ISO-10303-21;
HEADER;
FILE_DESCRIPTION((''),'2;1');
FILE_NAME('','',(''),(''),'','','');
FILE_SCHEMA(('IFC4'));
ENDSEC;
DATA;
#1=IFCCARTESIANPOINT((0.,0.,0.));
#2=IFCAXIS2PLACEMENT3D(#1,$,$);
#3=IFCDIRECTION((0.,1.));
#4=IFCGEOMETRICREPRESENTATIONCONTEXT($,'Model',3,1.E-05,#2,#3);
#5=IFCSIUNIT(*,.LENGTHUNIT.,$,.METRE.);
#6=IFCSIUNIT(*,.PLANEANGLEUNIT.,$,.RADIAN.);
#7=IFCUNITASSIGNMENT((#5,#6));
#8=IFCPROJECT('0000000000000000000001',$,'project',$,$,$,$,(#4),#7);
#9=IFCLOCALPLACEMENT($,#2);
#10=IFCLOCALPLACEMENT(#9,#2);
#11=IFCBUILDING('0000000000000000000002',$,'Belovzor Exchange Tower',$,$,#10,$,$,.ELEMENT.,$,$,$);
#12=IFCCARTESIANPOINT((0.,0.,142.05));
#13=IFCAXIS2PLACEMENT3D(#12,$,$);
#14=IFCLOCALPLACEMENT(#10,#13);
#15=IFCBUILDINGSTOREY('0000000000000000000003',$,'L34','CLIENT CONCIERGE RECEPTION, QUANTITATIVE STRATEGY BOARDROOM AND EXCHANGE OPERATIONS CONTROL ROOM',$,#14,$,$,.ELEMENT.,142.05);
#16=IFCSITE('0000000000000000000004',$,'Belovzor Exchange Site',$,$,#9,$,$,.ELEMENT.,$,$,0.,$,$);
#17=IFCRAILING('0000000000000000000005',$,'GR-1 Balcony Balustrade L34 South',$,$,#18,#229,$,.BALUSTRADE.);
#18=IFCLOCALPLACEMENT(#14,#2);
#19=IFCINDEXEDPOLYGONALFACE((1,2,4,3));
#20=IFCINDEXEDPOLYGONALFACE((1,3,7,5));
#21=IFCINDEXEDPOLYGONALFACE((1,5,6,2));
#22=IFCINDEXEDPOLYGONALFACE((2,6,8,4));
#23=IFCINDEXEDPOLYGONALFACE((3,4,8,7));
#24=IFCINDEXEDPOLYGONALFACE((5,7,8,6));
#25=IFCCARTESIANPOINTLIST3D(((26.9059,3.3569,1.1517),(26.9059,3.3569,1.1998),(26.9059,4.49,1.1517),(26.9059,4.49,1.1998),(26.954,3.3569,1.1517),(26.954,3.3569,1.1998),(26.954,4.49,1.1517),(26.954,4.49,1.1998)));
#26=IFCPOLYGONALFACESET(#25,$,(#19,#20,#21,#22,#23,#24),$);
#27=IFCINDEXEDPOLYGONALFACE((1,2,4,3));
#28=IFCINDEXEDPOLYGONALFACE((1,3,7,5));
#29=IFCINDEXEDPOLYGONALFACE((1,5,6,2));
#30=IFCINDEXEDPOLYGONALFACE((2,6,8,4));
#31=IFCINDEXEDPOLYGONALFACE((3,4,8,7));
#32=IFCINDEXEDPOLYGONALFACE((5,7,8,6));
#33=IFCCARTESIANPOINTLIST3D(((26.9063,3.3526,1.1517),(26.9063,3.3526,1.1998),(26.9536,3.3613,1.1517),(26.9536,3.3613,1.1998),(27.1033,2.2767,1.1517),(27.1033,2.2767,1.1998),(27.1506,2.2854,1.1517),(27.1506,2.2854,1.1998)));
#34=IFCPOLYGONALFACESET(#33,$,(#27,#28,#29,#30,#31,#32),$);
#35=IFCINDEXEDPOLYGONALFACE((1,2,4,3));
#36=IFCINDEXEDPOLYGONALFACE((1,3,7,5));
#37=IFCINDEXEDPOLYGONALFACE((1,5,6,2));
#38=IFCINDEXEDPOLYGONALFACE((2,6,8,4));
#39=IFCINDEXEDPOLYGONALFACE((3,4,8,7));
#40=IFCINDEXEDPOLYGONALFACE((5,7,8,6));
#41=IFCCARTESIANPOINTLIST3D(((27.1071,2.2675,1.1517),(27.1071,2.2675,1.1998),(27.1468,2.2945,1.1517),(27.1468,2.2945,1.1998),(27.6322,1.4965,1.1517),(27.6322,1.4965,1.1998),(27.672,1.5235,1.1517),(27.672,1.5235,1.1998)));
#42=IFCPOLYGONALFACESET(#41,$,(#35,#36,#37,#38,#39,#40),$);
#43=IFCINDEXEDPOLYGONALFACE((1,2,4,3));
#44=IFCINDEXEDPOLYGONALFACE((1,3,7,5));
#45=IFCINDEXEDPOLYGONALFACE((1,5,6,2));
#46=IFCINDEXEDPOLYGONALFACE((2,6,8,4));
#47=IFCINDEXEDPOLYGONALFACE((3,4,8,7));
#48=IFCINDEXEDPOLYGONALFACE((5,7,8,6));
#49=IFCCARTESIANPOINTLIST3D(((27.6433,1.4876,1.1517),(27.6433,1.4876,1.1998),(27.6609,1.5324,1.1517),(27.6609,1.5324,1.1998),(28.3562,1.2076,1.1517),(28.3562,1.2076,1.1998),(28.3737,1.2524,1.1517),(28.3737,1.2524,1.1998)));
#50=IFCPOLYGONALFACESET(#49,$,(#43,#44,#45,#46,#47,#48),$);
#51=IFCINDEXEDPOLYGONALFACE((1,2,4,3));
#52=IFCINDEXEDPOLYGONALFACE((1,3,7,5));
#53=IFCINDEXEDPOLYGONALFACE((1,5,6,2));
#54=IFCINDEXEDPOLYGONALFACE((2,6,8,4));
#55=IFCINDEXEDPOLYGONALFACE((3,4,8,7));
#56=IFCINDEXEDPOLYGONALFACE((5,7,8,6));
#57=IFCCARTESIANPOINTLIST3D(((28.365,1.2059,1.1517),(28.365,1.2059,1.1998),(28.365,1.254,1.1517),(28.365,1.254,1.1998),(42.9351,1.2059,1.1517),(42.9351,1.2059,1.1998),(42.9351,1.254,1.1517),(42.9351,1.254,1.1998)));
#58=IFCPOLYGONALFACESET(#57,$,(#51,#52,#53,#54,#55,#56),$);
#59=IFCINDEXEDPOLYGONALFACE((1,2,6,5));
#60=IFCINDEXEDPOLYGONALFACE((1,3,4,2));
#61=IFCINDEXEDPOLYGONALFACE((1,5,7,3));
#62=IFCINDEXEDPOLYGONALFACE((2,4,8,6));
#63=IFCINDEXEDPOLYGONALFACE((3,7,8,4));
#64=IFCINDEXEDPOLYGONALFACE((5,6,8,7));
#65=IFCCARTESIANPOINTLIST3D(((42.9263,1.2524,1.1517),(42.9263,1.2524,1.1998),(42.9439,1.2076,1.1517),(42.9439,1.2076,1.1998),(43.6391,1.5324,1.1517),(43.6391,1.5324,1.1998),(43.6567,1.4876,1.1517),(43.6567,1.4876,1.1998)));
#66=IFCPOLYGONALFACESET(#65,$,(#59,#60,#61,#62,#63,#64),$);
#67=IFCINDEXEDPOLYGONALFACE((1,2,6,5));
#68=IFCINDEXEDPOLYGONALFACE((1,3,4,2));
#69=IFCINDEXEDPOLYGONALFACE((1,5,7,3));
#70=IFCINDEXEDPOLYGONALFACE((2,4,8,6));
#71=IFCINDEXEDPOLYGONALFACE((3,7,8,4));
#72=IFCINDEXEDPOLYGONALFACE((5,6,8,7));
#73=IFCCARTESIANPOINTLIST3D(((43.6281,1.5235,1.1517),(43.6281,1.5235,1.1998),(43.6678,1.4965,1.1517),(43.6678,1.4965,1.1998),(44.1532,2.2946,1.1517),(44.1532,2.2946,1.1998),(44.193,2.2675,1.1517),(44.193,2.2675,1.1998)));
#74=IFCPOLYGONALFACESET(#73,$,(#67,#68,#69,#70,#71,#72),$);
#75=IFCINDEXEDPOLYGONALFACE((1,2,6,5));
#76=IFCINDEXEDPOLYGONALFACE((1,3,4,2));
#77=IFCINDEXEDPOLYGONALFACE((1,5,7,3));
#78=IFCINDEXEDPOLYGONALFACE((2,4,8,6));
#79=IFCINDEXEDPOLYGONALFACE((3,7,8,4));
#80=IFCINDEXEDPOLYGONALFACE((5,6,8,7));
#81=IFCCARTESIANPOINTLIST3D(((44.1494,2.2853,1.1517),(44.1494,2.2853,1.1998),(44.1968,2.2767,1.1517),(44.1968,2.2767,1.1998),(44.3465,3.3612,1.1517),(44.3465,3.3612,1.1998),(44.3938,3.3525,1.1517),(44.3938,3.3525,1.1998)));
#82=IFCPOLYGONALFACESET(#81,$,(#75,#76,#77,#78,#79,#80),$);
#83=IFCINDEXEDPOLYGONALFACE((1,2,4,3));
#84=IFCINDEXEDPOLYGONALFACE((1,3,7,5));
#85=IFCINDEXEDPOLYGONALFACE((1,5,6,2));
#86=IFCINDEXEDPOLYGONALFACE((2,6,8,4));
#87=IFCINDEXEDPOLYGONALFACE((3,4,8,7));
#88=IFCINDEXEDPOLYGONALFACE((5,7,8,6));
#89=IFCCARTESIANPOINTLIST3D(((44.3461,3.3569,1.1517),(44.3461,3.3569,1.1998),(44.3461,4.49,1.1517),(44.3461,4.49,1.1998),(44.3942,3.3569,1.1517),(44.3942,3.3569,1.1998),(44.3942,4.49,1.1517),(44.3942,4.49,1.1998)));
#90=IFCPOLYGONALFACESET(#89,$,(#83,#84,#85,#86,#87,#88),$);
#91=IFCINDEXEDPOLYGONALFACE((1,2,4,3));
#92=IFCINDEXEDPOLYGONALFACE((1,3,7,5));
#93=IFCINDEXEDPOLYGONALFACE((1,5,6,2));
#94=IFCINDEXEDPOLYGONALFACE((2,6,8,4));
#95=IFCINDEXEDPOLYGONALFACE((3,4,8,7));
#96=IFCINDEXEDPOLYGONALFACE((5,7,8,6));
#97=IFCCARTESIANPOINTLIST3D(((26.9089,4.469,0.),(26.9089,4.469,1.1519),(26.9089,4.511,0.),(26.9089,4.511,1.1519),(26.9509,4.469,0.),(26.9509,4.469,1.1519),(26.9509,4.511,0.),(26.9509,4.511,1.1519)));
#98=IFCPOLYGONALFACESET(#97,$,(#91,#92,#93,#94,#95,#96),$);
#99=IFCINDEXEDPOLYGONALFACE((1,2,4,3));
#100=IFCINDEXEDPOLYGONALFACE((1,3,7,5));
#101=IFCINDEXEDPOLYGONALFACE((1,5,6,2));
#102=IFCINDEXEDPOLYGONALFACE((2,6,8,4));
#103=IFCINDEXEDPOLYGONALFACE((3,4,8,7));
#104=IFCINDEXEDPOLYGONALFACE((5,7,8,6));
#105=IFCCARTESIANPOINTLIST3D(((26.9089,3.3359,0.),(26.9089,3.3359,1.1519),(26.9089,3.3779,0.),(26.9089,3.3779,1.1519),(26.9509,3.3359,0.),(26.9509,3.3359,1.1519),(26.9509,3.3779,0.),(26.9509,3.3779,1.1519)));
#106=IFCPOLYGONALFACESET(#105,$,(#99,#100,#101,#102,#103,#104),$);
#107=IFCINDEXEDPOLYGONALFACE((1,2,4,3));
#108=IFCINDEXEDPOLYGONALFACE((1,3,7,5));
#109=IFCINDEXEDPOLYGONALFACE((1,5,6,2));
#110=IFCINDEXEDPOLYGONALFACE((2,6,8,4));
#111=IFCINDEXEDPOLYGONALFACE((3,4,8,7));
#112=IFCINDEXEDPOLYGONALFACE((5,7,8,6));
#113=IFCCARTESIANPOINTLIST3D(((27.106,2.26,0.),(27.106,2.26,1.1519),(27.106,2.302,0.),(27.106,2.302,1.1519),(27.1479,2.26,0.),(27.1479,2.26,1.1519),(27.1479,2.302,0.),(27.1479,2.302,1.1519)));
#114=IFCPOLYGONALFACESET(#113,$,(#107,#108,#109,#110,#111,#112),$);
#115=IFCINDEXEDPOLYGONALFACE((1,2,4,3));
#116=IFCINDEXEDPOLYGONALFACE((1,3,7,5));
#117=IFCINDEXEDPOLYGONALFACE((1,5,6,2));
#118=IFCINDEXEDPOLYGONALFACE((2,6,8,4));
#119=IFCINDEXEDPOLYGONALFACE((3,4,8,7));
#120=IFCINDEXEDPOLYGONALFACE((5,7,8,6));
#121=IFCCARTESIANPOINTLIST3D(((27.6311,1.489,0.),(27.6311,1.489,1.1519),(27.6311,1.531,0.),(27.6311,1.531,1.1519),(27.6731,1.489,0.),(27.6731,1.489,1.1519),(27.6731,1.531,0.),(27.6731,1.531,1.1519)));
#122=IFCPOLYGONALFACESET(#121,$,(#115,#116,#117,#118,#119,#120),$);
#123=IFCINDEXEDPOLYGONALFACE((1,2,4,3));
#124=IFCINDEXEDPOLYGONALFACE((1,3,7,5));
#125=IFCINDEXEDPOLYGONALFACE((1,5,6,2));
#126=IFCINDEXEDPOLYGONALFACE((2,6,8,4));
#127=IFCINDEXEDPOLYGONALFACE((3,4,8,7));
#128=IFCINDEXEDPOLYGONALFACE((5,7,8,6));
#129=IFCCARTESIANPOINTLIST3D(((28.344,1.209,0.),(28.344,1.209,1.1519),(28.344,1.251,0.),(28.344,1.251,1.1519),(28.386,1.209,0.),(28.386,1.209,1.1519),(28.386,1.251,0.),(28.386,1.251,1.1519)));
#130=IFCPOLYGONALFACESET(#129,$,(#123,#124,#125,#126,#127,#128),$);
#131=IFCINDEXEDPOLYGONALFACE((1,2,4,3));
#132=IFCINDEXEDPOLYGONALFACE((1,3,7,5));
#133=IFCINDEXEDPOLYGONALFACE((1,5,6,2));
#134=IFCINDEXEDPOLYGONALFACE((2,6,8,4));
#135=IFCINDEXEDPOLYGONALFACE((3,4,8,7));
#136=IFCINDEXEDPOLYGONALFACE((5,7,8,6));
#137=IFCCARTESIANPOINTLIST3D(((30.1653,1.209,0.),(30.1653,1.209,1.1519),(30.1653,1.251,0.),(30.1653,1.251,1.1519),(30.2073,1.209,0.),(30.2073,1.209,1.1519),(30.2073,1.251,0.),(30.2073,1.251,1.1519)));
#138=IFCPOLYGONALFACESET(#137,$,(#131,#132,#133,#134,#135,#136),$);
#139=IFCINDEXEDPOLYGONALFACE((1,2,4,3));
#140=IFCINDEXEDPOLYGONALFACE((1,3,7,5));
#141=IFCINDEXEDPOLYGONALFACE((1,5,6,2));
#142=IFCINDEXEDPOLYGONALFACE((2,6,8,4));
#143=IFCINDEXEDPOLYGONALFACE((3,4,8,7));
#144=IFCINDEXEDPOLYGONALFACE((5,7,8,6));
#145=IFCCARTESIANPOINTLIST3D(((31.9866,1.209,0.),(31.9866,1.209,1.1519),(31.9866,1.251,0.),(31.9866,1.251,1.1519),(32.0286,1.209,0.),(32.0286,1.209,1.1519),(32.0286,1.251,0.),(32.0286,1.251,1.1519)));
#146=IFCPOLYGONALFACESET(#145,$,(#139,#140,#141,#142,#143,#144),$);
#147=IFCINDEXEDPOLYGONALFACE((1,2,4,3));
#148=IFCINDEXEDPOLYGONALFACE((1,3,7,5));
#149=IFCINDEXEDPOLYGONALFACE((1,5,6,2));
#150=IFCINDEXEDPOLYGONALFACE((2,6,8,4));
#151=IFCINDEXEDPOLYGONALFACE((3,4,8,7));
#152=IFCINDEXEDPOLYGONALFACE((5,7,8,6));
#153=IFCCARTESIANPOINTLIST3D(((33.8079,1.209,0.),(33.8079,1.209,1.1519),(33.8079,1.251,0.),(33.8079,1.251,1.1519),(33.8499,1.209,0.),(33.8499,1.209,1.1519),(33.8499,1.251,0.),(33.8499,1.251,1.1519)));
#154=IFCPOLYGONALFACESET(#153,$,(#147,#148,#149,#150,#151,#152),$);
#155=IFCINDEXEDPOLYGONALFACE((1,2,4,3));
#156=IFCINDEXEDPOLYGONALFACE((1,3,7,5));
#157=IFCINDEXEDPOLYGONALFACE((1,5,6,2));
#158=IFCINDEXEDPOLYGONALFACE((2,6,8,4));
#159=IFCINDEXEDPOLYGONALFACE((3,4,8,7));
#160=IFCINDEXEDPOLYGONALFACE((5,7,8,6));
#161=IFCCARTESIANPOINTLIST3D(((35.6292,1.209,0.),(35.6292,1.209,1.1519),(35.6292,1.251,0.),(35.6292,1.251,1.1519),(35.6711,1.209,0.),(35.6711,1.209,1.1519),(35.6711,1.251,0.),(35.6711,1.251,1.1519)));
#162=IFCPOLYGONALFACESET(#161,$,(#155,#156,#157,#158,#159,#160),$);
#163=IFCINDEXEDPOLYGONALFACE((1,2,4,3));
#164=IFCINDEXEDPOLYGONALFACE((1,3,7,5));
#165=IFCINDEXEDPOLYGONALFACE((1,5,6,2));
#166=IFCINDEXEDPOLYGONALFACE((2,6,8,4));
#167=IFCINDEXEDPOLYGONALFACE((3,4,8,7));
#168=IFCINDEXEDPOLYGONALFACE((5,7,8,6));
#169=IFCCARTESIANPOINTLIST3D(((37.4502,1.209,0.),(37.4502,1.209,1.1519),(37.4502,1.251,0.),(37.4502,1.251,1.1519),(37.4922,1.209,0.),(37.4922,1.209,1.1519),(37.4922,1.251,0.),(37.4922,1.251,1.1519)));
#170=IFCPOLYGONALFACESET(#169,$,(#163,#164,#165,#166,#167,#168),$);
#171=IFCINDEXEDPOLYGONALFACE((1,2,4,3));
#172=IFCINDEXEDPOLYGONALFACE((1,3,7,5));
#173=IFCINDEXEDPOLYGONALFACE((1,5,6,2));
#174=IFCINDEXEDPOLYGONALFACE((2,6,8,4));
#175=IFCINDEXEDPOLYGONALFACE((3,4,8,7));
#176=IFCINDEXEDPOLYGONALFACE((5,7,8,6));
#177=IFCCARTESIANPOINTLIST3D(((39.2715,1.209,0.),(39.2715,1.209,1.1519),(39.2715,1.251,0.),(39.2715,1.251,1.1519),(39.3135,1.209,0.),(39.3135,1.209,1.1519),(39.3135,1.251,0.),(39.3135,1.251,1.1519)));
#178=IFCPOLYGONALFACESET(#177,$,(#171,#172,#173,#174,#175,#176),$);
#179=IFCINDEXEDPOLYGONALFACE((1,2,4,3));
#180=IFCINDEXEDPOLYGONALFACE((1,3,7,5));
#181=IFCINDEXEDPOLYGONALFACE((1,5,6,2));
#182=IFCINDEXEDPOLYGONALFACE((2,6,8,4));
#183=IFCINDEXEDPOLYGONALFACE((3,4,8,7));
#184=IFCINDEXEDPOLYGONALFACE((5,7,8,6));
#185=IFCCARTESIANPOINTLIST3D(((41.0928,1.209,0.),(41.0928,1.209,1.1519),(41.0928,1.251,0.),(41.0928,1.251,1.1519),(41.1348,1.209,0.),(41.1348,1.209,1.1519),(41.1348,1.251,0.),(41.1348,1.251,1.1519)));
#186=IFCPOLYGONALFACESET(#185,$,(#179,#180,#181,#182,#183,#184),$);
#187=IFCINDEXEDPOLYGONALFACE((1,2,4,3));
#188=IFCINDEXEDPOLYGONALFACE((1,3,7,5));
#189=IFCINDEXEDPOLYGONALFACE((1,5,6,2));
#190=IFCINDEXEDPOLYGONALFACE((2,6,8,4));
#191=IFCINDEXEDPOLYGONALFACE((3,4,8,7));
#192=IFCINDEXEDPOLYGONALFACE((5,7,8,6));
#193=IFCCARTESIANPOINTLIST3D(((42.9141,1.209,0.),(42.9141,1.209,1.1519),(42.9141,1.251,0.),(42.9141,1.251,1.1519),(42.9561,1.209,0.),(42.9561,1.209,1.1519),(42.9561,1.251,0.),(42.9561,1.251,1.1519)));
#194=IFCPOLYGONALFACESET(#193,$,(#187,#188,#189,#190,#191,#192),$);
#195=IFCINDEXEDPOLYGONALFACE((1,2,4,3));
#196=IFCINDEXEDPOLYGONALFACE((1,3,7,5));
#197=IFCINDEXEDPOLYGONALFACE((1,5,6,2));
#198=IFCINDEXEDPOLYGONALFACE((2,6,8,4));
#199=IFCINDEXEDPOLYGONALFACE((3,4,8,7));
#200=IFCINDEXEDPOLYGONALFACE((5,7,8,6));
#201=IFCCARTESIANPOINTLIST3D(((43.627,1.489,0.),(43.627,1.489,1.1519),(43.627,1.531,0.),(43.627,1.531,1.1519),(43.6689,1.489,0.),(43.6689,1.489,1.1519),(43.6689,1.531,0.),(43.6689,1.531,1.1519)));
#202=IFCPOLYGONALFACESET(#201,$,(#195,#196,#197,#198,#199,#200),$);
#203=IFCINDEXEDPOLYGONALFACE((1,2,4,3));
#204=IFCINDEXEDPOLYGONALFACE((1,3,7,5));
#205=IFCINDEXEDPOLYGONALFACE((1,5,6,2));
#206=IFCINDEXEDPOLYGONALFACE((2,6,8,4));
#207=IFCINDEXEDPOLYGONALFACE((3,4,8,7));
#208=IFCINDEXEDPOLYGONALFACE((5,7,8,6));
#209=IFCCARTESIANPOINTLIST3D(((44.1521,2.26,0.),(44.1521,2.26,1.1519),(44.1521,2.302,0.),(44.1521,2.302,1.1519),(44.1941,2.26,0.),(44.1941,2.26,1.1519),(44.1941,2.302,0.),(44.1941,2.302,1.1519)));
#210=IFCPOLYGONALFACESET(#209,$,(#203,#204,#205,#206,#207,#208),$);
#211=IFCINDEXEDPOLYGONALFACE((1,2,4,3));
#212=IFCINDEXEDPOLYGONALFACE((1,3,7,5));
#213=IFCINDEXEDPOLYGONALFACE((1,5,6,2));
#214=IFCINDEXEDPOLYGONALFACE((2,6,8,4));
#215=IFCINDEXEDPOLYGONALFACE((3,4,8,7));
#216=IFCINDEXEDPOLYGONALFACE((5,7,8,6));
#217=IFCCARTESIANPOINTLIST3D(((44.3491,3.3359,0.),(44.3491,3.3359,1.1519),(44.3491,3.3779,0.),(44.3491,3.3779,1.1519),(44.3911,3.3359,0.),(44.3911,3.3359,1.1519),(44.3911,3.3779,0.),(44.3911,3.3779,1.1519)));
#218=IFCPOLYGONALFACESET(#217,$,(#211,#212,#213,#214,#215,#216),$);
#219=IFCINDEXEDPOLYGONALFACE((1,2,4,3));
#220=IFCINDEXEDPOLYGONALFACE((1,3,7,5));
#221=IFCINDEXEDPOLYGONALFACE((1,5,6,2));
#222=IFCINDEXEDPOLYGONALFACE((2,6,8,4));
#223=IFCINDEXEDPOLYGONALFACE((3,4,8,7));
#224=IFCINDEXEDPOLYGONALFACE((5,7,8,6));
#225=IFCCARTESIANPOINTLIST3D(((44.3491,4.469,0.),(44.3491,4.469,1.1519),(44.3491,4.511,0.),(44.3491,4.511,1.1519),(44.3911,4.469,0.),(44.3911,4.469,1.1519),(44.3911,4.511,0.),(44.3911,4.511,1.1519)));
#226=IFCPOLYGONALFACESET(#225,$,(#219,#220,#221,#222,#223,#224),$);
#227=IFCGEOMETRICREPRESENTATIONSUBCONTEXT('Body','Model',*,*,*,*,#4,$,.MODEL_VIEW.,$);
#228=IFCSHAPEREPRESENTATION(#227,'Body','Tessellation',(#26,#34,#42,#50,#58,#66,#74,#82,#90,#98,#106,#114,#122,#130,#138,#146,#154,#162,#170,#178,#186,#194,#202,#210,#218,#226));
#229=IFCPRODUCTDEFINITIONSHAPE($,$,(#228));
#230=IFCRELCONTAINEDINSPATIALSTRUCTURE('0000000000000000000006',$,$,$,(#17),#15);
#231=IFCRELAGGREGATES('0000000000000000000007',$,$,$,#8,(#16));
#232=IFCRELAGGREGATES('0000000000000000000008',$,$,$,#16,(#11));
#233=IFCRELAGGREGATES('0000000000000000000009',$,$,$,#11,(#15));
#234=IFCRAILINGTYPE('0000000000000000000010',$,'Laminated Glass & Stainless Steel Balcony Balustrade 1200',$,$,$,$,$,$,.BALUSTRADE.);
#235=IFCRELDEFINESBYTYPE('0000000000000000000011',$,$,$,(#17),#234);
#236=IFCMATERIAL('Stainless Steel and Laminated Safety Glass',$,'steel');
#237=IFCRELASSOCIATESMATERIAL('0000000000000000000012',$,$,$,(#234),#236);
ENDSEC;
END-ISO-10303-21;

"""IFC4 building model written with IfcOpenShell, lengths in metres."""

from ifc_helpers import new_model, si_unit, direction, frame, origin, origin_2d, place, context, subcontext, project, spatial, rectangle, extrude, material, type_object, element, save


model = new_model("IFC4")

# Units and contexts
model_context = context("Model", 3, precision=1e-05, world=origin(), true_north=direction((0.0, 1.0)))
body_context = subcontext(model_context, "Body", "Model", "MODEL_VIEW")
ifc_project = project(units=[si_unit("LENGTHUNIT", "METRE"), si_unit("PLANEANGLEUNIT", "RADIAN")], contexts=[model_context])

# Site, building, storey
site_placement = place(None, origin())
site = spatial("IfcSite", under=ifc_project, at=site_placement, Name="Belovzor Exchange Site", CompositionType="ELEMENT", RefElevation=0.0)
building_placement = place(site_placement, origin())
building = spatial("IfcBuilding", under=site, at=building_placement, Name="Belovzor Exchange Tower", CompositionType="ELEMENT")
storey_placement = place(building_placement, frame((0.0, 0.0, 142.05)))
storey = spatial("IfcBuildingStorey", under=building, at=storey_placement, Name="L34", Description="CLIENT CONCIERGE RECEPTION, QUANTITATIVE STRATEGY BOARDROOM AND EXCHANGE OPERATIONS CONTROL ROOM", CompositionType="ELEMENT", Elevation=142.05)

# Railing
ifc_material_1 = material(Name="Stainless Steel and Laminated Safety Glass", Category="steel")
railing_type = type_object("IfcRailingType", Name="Laminated Glass & Stainless Steel Balcony Balustrade 1200", PredefinedType="BALUSTRADE", material=ifc_material_1)
railing_placement = place(storey_placement, frame((26.9299, 4.49, 0.0)))
element("IfcRailing", 1, at=railing_placement, inside=storey, type_object=railing_type, Name="GR-1 Balcony Balustrade L34 South", PredefinedType="BALUSTRADE", context=body_context, shape_type="SweptSolid", body=[
    extrude(rectangle(XDim=0.0481, YDim=0.0481, at=origin_2d()), frame((0.0, 0.0, 1.1758), z_axis=(0.0, -1.0, 0.0), x_axis=(1.0, 0.0, 0.0)), (0.0, 0.0, 1.0), 1.1331),
    extrude(rectangle(XDim=0.0481, YDim=0.0481, at=origin_2d()), frame((0.0, -1.1331, 1.1758), z_axis=(0.180123, -0.983644, 0.0), x_axis=(0.983644, 0.180123, 0.0)), (0.0, 0.0, 1.0), 1.0938),
    extrude(rectangle(XDim=0.0481, YDim=0.0481, at=origin_2d()), frame((0.197, -2.209, 1.1758), z_axis=(0.562947, -0.826493, 0.0), x_axis=(0.826493, 0.562947, 0.0)), (0.0, 0.0, 1.0), 0.9329),
    extrude(rectangle(XDim=0.0481, YDim=0.0481, at=origin_2d()), frame((0.7222, -2.98, 1.1758), z_axis=(0.930767, -0.365613, 0.0), x_axis=(0.365613, 0.930767, 0.0)), (0.0, 0.0, 1.0), 0.7659),
    extrude(rectangle(XDim=0.0481, YDim=0.0481, at=origin_2d()), frame((1.4351, -3.26, 1.1758), z_axis=(1.0, 0.0, 0.0), x_axis=(0.0, 1.0, 0.0)), (0.0, 0.0, 1.0), 14.5701),
    extrude(rectangle(XDim=0.0481, YDim=0.0481, at=origin_2d()), frame((16.0051, -3.26, 1.1758), z_axis=(0.930767, 0.365613, 0.0), x_axis=(-0.365613, 0.930767, 0.0)), (0.0, 0.0, 1.0), 0.7659),
    extrude(rectangle(XDim=0.0481, YDim=0.0481, at=origin_2d()), frame((16.718, -2.98, 1.1758), z_axis=(0.562947, 0.826493, 0.0), x_axis=(-0.826493, 0.562947, 0.0)), (0.0, 0.0, 1.0), 0.9329),
    extrude(rectangle(XDim=0.0481, YDim=0.0481, at=origin_2d()), frame((17.2432, -2.209, 1.1758), z_axis=(0.180123, 0.983644, 0.0), x_axis=(-0.983644, 0.180123, 0.0)), (0.0, 0.0, 1.0), 1.0938),
    extrude(rectangle(XDim=0.0481, YDim=0.0481, at=origin_2d()), frame((17.4402, -1.1331, 1.1758), z_axis=(0.0, 1.0, 0.0), x_axis=(-1.0, 0.0, 0.0)), (0.0, 0.0, 1.0), 1.1331),
    extrude(rectangle(XDim=0.042, YDim=0.042, at=origin_2d()), origin(), (0.0, 0.0, 1.0), 1.1519),
    extrude(rectangle(XDim=0.042, YDim=0.042, at=origin_2d()), frame((0.0, -1.1331, 0.0)), (0.0, 0.0, 1.0), 1.1519),
    extrude(rectangle(XDim=0.042, YDim=0.042, at=origin_2d()), frame((0.197, -2.209, 0.0)), (0.0, 0.0, 1.0), 1.1519),
    extrude(rectangle(XDim=0.042, YDim=0.042, at=origin_2d()), frame((0.7222, -2.98, 0.0)), (0.0, 0.0, 1.0), 1.1519),
    extrude(rectangle(XDim=0.042, YDim=0.042, at=origin_2d()), frame((1.4351, -3.26, 0.0)), (0.0, 0.0, 1.0), 1.1519),
    extrude(rectangle(XDim=0.042, YDim=0.042, at=origin_2d()), frame((3.2563, -3.26, 0.0)), (0.0, 0.0, 1.0), 1.1519),
    extrude(rectangle(XDim=0.042, YDim=0.042, at=origin_2d()), frame((5.0776, -3.26, 0.0)), (0.0, 0.0, 1.0), 1.1519),
    extrude(rectangle(XDim=0.042, YDim=0.042, at=origin_2d()), frame((6.8989, -3.26, 0.0)), (0.0, 0.0, 1.0), 1.1519),
    extrude(rectangle(XDim=0.042, YDim=0.042, at=origin_2d()), frame((8.7202, -3.26, 0.0)), (0.0, 0.0, 1.0), 1.1519),
    extrude(rectangle(XDim=0.042, YDim=0.042, at=origin_2d()), frame((10.5413, -3.26, 0.0)), (0.0, 0.0, 1.0), 1.1519),
    extrude(rectangle(XDim=0.042, YDim=0.042, at=origin_2d()), frame((12.3625, -3.26, 0.0)), (0.0, 0.0, 1.0), 1.1519),
    extrude(rectangle(XDim=0.042, YDim=0.042, at=origin_2d()), frame((14.1838, -3.26, 0.0)), (0.0, 0.0, 1.0), 1.1519),
    extrude(rectangle(XDim=0.042, YDim=0.042, at=origin_2d()), frame((16.0051, -3.26, 0.0)), (0.0, 0.0, 1.0), 1.1519),
    extrude(rectangle(XDim=0.042, YDim=0.042, at=origin_2d()), frame((16.718, -2.98, 0.0)), (0.0, 0.0, 1.0), 1.1519),
    extrude(rectangle(XDim=0.042, YDim=0.042, at=origin_2d()), frame((17.2432, -2.209, 0.0)), (0.0, 0.0, 1.0), 1.1519),
    extrude(rectangle(XDim=0.042, YDim=0.042, at=origin_2d()), frame((17.4402, -1.1331, 0.0)), (0.0, 0.0, 1.0), 1.1519),
    extrude(rectangle(XDim=0.042, YDim=0.042, at=origin_2d()), frame((17.4402, 0.0, 0.0)), (0.0, 0.0, 1.0), 1.1519),
])

save(model, "model.ifc")
